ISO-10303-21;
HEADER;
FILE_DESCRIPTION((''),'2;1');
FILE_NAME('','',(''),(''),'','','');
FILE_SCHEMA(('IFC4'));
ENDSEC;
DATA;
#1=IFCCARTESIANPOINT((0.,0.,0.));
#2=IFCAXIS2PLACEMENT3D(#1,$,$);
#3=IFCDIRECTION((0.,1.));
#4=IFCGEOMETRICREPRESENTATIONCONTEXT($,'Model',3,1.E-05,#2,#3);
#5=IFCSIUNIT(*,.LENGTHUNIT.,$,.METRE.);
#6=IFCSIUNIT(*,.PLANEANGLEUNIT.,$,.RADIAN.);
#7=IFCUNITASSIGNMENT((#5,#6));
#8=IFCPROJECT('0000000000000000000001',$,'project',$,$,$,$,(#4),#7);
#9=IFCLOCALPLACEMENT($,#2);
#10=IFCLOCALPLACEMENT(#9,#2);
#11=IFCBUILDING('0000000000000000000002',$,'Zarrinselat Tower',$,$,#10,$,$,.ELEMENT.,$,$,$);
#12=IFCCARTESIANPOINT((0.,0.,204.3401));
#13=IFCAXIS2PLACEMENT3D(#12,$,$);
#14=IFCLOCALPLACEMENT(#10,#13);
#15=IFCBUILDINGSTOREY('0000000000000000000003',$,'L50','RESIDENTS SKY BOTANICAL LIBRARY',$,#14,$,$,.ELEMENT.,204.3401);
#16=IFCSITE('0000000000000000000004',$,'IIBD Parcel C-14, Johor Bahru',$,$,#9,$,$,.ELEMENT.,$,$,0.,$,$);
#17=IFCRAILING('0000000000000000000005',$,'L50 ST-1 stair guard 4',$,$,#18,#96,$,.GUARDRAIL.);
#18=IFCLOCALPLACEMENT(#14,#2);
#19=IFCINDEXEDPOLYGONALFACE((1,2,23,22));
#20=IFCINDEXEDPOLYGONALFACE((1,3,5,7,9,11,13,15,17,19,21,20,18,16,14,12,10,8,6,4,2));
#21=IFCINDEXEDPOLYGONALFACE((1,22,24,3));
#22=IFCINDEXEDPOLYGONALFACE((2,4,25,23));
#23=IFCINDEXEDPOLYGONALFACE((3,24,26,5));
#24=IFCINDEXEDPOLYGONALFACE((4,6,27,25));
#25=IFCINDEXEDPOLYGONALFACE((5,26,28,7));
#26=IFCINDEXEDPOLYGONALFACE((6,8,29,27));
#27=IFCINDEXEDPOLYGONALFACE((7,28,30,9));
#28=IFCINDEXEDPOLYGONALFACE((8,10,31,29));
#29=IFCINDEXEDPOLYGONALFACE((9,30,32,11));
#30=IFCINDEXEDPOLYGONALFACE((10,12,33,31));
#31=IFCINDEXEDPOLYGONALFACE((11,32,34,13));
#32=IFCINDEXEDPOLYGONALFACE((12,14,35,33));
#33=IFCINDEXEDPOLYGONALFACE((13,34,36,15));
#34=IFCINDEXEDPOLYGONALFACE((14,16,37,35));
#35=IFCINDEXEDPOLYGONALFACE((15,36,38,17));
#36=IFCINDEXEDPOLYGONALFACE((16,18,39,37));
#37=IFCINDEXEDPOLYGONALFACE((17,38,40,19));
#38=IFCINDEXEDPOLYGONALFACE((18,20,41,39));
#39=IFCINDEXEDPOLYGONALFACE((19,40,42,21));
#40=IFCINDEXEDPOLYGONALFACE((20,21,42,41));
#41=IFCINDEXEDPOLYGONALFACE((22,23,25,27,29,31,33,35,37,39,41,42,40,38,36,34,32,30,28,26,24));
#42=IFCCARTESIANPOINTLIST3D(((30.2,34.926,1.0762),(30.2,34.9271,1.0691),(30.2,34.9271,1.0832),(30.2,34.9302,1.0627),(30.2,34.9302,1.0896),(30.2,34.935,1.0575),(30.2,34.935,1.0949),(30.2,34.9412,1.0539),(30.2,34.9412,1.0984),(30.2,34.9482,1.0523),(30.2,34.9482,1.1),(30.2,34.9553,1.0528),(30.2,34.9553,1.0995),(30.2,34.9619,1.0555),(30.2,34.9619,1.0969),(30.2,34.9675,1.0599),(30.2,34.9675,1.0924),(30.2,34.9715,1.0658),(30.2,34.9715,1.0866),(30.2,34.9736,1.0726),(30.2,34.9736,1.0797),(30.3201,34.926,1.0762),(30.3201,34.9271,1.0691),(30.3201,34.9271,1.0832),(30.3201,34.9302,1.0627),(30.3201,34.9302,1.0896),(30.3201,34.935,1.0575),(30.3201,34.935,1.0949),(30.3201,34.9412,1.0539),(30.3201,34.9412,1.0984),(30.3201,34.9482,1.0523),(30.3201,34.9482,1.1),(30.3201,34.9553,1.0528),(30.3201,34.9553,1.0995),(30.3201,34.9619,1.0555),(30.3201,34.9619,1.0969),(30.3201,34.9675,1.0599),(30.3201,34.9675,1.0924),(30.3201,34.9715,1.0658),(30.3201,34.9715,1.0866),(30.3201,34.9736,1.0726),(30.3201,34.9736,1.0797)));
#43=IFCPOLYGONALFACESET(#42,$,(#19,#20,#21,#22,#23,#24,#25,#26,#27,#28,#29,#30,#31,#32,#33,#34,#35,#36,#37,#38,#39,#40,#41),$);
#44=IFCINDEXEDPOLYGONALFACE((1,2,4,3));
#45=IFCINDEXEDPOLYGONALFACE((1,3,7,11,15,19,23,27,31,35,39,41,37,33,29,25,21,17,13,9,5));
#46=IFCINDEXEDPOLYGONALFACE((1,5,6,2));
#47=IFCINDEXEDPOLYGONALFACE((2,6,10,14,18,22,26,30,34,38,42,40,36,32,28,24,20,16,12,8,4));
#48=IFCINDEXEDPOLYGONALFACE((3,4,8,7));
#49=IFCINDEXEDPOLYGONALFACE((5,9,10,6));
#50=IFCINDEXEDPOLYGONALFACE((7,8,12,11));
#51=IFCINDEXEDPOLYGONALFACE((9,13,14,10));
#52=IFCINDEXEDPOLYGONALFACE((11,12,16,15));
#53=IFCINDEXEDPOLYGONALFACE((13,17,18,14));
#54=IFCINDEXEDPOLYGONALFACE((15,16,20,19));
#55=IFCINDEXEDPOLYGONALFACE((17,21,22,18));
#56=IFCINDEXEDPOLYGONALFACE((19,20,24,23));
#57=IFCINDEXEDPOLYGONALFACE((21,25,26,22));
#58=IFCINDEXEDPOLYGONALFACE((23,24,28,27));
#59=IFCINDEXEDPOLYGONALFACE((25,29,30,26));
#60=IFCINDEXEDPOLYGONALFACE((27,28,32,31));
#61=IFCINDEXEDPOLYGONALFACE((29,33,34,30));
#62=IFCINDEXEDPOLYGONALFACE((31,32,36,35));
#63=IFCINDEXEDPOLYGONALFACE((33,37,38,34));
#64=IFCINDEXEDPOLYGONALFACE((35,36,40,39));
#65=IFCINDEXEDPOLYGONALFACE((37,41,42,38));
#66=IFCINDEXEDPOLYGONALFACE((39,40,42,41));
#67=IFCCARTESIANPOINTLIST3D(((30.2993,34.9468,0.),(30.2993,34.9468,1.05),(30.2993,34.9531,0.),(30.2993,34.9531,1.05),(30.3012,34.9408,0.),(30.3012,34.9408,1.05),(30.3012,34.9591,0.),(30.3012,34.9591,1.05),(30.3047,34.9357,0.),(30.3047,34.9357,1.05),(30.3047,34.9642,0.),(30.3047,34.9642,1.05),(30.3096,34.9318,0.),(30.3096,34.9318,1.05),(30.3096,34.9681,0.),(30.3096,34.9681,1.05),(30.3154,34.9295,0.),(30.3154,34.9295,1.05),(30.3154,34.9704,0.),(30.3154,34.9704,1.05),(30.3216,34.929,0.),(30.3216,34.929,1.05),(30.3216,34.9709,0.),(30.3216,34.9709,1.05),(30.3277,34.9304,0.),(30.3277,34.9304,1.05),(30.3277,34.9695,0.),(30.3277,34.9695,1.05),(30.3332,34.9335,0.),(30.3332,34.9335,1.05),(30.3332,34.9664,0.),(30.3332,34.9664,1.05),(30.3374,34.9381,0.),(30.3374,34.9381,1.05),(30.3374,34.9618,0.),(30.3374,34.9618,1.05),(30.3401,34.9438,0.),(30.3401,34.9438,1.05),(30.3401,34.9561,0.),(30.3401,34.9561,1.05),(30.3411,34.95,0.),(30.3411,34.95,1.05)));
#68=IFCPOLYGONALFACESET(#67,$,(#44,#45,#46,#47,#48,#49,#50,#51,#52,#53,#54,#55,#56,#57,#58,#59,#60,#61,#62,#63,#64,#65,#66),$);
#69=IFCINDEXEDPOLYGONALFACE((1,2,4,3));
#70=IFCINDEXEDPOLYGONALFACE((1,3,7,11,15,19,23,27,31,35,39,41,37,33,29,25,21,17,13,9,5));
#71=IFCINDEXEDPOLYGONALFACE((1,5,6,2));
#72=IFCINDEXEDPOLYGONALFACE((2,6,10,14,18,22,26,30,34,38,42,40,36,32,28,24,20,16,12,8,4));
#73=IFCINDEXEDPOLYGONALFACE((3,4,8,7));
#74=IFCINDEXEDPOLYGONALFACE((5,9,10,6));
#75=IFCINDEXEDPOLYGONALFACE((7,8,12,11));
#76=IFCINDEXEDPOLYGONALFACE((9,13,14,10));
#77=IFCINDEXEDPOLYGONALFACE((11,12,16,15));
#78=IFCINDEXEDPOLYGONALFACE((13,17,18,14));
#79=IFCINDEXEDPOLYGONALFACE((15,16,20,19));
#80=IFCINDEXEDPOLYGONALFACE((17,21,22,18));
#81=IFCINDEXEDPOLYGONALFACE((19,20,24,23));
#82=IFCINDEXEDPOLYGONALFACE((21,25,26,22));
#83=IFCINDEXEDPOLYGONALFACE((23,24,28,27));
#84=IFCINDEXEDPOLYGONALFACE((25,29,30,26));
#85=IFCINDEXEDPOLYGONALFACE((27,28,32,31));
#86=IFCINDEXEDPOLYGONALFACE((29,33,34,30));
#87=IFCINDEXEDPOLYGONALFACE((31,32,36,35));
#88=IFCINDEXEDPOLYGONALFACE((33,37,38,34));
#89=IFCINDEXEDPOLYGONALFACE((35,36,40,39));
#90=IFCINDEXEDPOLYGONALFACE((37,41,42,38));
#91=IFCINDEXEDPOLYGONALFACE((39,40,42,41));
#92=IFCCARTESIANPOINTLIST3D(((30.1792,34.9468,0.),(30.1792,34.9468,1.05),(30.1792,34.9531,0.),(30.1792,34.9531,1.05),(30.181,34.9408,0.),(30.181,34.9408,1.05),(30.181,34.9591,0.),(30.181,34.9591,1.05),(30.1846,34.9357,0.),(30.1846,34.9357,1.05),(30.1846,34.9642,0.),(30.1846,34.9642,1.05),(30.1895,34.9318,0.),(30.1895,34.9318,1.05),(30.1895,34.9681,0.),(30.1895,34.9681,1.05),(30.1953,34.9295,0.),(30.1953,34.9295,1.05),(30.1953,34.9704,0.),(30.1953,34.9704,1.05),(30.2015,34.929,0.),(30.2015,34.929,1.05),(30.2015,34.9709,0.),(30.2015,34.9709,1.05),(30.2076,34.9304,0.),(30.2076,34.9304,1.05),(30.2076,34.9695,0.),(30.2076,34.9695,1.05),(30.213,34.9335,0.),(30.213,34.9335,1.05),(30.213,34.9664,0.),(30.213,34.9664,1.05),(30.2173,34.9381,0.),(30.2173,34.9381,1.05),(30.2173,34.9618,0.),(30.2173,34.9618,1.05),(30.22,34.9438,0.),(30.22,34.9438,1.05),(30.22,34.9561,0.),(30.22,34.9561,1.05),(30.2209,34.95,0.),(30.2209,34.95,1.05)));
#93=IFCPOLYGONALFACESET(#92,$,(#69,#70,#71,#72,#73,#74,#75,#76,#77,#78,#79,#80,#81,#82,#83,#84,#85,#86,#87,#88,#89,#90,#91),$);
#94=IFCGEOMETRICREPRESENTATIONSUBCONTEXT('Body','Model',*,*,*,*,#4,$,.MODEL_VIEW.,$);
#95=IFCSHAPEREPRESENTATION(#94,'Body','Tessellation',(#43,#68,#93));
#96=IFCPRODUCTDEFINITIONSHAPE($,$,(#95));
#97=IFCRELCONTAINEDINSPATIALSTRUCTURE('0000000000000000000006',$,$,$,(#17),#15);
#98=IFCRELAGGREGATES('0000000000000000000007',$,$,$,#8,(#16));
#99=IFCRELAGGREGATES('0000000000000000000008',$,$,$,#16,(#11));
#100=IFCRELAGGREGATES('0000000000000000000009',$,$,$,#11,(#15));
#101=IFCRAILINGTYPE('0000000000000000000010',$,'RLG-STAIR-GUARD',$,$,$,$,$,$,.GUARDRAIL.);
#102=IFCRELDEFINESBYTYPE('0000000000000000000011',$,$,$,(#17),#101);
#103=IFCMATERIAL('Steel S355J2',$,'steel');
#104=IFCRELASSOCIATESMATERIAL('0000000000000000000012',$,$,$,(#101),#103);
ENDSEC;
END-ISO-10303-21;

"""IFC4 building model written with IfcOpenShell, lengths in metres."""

from ifc_helpers import new_model, si_unit, direction, frame, origin, origin_2d, place, context, subcontext, project, spatial, circle, extrude, material, type_object, element, save


model = new_model("IFC4")

# Units and contexts
model_context = context("Model", 3, precision=1e-05, world=origin(), true_north=direction((0.0, 1.0)))
body_context = subcontext(model_context, "Body", "Model", "MODEL_VIEW")
ifc_project = project(units=[si_unit("LENGTHUNIT", "METRE"), si_unit("PLANEANGLEUNIT", "RADIAN")], contexts=[model_context])

# Site, building, storey
site_placement = place(None, origin())
site = spatial("IfcSite", under=ifc_project, at=site_placement, Name="IIBD Parcel C-14, Johor Bahru", CompositionType="ELEMENT", RefElevation=0.0)
building_placement = place(site_placement, origin())
building = spatial("IfcBuilding", under=site, at=building_placement, Name="Zarrinselat Tower", CompositionType="ELEMENT")
storey_placement = place(building_placement, frame((0.0, 0.0, 204.3401)))
storey = spatial("IfcBuildingStorey", under=building, at=storey_placement, Name="L50", Description="RESIDENTS SKY BOTANICAL LIBRARY", CompositionType="ELEMENT", Elevation=204.3401)

# Railing
ifc_material_1 = material(Name="Steel S355J2", Category="steel")
railing_type_1 = type_object("IfcRailingType", Name="RLG-STAIR-GUARD", PredefinedType="GUARDRAIL", material=ifc_material_1)
railing_1_placement = place(storey_placement, frame((30.3201, 34.95, 0.0)))
element("IfcRailing", 1, at=railing_1_placement, inside=storey, type_object=railing_type_1, Name="L50 ST-1 stair guard 4", PredefinedType="GUARDRAIL", context=body_context, shape_type="SweptSolid", body=[
    extrude(circle(Radius=0.0239, at=origin_2d()), frame((0.0, 0.0, 1.0762), z_axis=(-1.0, 0.0, 0.0), x_axis=(0.0, -1.0, 0.0)), (0.0, 0.0, 1.0), 0.1201),
    extrude(circle(Radius=0.021, at=origin_2d()), origin(), (0.0, 0.0, 1.0), 1.05),
    extrude(circle(Radius=0.021, at=origin_2d()), frame((-0.1201, 0.0, 0.0)), (0.0, 0.0, 1.0), 1.05),
])

save(model, "model.ifc")
